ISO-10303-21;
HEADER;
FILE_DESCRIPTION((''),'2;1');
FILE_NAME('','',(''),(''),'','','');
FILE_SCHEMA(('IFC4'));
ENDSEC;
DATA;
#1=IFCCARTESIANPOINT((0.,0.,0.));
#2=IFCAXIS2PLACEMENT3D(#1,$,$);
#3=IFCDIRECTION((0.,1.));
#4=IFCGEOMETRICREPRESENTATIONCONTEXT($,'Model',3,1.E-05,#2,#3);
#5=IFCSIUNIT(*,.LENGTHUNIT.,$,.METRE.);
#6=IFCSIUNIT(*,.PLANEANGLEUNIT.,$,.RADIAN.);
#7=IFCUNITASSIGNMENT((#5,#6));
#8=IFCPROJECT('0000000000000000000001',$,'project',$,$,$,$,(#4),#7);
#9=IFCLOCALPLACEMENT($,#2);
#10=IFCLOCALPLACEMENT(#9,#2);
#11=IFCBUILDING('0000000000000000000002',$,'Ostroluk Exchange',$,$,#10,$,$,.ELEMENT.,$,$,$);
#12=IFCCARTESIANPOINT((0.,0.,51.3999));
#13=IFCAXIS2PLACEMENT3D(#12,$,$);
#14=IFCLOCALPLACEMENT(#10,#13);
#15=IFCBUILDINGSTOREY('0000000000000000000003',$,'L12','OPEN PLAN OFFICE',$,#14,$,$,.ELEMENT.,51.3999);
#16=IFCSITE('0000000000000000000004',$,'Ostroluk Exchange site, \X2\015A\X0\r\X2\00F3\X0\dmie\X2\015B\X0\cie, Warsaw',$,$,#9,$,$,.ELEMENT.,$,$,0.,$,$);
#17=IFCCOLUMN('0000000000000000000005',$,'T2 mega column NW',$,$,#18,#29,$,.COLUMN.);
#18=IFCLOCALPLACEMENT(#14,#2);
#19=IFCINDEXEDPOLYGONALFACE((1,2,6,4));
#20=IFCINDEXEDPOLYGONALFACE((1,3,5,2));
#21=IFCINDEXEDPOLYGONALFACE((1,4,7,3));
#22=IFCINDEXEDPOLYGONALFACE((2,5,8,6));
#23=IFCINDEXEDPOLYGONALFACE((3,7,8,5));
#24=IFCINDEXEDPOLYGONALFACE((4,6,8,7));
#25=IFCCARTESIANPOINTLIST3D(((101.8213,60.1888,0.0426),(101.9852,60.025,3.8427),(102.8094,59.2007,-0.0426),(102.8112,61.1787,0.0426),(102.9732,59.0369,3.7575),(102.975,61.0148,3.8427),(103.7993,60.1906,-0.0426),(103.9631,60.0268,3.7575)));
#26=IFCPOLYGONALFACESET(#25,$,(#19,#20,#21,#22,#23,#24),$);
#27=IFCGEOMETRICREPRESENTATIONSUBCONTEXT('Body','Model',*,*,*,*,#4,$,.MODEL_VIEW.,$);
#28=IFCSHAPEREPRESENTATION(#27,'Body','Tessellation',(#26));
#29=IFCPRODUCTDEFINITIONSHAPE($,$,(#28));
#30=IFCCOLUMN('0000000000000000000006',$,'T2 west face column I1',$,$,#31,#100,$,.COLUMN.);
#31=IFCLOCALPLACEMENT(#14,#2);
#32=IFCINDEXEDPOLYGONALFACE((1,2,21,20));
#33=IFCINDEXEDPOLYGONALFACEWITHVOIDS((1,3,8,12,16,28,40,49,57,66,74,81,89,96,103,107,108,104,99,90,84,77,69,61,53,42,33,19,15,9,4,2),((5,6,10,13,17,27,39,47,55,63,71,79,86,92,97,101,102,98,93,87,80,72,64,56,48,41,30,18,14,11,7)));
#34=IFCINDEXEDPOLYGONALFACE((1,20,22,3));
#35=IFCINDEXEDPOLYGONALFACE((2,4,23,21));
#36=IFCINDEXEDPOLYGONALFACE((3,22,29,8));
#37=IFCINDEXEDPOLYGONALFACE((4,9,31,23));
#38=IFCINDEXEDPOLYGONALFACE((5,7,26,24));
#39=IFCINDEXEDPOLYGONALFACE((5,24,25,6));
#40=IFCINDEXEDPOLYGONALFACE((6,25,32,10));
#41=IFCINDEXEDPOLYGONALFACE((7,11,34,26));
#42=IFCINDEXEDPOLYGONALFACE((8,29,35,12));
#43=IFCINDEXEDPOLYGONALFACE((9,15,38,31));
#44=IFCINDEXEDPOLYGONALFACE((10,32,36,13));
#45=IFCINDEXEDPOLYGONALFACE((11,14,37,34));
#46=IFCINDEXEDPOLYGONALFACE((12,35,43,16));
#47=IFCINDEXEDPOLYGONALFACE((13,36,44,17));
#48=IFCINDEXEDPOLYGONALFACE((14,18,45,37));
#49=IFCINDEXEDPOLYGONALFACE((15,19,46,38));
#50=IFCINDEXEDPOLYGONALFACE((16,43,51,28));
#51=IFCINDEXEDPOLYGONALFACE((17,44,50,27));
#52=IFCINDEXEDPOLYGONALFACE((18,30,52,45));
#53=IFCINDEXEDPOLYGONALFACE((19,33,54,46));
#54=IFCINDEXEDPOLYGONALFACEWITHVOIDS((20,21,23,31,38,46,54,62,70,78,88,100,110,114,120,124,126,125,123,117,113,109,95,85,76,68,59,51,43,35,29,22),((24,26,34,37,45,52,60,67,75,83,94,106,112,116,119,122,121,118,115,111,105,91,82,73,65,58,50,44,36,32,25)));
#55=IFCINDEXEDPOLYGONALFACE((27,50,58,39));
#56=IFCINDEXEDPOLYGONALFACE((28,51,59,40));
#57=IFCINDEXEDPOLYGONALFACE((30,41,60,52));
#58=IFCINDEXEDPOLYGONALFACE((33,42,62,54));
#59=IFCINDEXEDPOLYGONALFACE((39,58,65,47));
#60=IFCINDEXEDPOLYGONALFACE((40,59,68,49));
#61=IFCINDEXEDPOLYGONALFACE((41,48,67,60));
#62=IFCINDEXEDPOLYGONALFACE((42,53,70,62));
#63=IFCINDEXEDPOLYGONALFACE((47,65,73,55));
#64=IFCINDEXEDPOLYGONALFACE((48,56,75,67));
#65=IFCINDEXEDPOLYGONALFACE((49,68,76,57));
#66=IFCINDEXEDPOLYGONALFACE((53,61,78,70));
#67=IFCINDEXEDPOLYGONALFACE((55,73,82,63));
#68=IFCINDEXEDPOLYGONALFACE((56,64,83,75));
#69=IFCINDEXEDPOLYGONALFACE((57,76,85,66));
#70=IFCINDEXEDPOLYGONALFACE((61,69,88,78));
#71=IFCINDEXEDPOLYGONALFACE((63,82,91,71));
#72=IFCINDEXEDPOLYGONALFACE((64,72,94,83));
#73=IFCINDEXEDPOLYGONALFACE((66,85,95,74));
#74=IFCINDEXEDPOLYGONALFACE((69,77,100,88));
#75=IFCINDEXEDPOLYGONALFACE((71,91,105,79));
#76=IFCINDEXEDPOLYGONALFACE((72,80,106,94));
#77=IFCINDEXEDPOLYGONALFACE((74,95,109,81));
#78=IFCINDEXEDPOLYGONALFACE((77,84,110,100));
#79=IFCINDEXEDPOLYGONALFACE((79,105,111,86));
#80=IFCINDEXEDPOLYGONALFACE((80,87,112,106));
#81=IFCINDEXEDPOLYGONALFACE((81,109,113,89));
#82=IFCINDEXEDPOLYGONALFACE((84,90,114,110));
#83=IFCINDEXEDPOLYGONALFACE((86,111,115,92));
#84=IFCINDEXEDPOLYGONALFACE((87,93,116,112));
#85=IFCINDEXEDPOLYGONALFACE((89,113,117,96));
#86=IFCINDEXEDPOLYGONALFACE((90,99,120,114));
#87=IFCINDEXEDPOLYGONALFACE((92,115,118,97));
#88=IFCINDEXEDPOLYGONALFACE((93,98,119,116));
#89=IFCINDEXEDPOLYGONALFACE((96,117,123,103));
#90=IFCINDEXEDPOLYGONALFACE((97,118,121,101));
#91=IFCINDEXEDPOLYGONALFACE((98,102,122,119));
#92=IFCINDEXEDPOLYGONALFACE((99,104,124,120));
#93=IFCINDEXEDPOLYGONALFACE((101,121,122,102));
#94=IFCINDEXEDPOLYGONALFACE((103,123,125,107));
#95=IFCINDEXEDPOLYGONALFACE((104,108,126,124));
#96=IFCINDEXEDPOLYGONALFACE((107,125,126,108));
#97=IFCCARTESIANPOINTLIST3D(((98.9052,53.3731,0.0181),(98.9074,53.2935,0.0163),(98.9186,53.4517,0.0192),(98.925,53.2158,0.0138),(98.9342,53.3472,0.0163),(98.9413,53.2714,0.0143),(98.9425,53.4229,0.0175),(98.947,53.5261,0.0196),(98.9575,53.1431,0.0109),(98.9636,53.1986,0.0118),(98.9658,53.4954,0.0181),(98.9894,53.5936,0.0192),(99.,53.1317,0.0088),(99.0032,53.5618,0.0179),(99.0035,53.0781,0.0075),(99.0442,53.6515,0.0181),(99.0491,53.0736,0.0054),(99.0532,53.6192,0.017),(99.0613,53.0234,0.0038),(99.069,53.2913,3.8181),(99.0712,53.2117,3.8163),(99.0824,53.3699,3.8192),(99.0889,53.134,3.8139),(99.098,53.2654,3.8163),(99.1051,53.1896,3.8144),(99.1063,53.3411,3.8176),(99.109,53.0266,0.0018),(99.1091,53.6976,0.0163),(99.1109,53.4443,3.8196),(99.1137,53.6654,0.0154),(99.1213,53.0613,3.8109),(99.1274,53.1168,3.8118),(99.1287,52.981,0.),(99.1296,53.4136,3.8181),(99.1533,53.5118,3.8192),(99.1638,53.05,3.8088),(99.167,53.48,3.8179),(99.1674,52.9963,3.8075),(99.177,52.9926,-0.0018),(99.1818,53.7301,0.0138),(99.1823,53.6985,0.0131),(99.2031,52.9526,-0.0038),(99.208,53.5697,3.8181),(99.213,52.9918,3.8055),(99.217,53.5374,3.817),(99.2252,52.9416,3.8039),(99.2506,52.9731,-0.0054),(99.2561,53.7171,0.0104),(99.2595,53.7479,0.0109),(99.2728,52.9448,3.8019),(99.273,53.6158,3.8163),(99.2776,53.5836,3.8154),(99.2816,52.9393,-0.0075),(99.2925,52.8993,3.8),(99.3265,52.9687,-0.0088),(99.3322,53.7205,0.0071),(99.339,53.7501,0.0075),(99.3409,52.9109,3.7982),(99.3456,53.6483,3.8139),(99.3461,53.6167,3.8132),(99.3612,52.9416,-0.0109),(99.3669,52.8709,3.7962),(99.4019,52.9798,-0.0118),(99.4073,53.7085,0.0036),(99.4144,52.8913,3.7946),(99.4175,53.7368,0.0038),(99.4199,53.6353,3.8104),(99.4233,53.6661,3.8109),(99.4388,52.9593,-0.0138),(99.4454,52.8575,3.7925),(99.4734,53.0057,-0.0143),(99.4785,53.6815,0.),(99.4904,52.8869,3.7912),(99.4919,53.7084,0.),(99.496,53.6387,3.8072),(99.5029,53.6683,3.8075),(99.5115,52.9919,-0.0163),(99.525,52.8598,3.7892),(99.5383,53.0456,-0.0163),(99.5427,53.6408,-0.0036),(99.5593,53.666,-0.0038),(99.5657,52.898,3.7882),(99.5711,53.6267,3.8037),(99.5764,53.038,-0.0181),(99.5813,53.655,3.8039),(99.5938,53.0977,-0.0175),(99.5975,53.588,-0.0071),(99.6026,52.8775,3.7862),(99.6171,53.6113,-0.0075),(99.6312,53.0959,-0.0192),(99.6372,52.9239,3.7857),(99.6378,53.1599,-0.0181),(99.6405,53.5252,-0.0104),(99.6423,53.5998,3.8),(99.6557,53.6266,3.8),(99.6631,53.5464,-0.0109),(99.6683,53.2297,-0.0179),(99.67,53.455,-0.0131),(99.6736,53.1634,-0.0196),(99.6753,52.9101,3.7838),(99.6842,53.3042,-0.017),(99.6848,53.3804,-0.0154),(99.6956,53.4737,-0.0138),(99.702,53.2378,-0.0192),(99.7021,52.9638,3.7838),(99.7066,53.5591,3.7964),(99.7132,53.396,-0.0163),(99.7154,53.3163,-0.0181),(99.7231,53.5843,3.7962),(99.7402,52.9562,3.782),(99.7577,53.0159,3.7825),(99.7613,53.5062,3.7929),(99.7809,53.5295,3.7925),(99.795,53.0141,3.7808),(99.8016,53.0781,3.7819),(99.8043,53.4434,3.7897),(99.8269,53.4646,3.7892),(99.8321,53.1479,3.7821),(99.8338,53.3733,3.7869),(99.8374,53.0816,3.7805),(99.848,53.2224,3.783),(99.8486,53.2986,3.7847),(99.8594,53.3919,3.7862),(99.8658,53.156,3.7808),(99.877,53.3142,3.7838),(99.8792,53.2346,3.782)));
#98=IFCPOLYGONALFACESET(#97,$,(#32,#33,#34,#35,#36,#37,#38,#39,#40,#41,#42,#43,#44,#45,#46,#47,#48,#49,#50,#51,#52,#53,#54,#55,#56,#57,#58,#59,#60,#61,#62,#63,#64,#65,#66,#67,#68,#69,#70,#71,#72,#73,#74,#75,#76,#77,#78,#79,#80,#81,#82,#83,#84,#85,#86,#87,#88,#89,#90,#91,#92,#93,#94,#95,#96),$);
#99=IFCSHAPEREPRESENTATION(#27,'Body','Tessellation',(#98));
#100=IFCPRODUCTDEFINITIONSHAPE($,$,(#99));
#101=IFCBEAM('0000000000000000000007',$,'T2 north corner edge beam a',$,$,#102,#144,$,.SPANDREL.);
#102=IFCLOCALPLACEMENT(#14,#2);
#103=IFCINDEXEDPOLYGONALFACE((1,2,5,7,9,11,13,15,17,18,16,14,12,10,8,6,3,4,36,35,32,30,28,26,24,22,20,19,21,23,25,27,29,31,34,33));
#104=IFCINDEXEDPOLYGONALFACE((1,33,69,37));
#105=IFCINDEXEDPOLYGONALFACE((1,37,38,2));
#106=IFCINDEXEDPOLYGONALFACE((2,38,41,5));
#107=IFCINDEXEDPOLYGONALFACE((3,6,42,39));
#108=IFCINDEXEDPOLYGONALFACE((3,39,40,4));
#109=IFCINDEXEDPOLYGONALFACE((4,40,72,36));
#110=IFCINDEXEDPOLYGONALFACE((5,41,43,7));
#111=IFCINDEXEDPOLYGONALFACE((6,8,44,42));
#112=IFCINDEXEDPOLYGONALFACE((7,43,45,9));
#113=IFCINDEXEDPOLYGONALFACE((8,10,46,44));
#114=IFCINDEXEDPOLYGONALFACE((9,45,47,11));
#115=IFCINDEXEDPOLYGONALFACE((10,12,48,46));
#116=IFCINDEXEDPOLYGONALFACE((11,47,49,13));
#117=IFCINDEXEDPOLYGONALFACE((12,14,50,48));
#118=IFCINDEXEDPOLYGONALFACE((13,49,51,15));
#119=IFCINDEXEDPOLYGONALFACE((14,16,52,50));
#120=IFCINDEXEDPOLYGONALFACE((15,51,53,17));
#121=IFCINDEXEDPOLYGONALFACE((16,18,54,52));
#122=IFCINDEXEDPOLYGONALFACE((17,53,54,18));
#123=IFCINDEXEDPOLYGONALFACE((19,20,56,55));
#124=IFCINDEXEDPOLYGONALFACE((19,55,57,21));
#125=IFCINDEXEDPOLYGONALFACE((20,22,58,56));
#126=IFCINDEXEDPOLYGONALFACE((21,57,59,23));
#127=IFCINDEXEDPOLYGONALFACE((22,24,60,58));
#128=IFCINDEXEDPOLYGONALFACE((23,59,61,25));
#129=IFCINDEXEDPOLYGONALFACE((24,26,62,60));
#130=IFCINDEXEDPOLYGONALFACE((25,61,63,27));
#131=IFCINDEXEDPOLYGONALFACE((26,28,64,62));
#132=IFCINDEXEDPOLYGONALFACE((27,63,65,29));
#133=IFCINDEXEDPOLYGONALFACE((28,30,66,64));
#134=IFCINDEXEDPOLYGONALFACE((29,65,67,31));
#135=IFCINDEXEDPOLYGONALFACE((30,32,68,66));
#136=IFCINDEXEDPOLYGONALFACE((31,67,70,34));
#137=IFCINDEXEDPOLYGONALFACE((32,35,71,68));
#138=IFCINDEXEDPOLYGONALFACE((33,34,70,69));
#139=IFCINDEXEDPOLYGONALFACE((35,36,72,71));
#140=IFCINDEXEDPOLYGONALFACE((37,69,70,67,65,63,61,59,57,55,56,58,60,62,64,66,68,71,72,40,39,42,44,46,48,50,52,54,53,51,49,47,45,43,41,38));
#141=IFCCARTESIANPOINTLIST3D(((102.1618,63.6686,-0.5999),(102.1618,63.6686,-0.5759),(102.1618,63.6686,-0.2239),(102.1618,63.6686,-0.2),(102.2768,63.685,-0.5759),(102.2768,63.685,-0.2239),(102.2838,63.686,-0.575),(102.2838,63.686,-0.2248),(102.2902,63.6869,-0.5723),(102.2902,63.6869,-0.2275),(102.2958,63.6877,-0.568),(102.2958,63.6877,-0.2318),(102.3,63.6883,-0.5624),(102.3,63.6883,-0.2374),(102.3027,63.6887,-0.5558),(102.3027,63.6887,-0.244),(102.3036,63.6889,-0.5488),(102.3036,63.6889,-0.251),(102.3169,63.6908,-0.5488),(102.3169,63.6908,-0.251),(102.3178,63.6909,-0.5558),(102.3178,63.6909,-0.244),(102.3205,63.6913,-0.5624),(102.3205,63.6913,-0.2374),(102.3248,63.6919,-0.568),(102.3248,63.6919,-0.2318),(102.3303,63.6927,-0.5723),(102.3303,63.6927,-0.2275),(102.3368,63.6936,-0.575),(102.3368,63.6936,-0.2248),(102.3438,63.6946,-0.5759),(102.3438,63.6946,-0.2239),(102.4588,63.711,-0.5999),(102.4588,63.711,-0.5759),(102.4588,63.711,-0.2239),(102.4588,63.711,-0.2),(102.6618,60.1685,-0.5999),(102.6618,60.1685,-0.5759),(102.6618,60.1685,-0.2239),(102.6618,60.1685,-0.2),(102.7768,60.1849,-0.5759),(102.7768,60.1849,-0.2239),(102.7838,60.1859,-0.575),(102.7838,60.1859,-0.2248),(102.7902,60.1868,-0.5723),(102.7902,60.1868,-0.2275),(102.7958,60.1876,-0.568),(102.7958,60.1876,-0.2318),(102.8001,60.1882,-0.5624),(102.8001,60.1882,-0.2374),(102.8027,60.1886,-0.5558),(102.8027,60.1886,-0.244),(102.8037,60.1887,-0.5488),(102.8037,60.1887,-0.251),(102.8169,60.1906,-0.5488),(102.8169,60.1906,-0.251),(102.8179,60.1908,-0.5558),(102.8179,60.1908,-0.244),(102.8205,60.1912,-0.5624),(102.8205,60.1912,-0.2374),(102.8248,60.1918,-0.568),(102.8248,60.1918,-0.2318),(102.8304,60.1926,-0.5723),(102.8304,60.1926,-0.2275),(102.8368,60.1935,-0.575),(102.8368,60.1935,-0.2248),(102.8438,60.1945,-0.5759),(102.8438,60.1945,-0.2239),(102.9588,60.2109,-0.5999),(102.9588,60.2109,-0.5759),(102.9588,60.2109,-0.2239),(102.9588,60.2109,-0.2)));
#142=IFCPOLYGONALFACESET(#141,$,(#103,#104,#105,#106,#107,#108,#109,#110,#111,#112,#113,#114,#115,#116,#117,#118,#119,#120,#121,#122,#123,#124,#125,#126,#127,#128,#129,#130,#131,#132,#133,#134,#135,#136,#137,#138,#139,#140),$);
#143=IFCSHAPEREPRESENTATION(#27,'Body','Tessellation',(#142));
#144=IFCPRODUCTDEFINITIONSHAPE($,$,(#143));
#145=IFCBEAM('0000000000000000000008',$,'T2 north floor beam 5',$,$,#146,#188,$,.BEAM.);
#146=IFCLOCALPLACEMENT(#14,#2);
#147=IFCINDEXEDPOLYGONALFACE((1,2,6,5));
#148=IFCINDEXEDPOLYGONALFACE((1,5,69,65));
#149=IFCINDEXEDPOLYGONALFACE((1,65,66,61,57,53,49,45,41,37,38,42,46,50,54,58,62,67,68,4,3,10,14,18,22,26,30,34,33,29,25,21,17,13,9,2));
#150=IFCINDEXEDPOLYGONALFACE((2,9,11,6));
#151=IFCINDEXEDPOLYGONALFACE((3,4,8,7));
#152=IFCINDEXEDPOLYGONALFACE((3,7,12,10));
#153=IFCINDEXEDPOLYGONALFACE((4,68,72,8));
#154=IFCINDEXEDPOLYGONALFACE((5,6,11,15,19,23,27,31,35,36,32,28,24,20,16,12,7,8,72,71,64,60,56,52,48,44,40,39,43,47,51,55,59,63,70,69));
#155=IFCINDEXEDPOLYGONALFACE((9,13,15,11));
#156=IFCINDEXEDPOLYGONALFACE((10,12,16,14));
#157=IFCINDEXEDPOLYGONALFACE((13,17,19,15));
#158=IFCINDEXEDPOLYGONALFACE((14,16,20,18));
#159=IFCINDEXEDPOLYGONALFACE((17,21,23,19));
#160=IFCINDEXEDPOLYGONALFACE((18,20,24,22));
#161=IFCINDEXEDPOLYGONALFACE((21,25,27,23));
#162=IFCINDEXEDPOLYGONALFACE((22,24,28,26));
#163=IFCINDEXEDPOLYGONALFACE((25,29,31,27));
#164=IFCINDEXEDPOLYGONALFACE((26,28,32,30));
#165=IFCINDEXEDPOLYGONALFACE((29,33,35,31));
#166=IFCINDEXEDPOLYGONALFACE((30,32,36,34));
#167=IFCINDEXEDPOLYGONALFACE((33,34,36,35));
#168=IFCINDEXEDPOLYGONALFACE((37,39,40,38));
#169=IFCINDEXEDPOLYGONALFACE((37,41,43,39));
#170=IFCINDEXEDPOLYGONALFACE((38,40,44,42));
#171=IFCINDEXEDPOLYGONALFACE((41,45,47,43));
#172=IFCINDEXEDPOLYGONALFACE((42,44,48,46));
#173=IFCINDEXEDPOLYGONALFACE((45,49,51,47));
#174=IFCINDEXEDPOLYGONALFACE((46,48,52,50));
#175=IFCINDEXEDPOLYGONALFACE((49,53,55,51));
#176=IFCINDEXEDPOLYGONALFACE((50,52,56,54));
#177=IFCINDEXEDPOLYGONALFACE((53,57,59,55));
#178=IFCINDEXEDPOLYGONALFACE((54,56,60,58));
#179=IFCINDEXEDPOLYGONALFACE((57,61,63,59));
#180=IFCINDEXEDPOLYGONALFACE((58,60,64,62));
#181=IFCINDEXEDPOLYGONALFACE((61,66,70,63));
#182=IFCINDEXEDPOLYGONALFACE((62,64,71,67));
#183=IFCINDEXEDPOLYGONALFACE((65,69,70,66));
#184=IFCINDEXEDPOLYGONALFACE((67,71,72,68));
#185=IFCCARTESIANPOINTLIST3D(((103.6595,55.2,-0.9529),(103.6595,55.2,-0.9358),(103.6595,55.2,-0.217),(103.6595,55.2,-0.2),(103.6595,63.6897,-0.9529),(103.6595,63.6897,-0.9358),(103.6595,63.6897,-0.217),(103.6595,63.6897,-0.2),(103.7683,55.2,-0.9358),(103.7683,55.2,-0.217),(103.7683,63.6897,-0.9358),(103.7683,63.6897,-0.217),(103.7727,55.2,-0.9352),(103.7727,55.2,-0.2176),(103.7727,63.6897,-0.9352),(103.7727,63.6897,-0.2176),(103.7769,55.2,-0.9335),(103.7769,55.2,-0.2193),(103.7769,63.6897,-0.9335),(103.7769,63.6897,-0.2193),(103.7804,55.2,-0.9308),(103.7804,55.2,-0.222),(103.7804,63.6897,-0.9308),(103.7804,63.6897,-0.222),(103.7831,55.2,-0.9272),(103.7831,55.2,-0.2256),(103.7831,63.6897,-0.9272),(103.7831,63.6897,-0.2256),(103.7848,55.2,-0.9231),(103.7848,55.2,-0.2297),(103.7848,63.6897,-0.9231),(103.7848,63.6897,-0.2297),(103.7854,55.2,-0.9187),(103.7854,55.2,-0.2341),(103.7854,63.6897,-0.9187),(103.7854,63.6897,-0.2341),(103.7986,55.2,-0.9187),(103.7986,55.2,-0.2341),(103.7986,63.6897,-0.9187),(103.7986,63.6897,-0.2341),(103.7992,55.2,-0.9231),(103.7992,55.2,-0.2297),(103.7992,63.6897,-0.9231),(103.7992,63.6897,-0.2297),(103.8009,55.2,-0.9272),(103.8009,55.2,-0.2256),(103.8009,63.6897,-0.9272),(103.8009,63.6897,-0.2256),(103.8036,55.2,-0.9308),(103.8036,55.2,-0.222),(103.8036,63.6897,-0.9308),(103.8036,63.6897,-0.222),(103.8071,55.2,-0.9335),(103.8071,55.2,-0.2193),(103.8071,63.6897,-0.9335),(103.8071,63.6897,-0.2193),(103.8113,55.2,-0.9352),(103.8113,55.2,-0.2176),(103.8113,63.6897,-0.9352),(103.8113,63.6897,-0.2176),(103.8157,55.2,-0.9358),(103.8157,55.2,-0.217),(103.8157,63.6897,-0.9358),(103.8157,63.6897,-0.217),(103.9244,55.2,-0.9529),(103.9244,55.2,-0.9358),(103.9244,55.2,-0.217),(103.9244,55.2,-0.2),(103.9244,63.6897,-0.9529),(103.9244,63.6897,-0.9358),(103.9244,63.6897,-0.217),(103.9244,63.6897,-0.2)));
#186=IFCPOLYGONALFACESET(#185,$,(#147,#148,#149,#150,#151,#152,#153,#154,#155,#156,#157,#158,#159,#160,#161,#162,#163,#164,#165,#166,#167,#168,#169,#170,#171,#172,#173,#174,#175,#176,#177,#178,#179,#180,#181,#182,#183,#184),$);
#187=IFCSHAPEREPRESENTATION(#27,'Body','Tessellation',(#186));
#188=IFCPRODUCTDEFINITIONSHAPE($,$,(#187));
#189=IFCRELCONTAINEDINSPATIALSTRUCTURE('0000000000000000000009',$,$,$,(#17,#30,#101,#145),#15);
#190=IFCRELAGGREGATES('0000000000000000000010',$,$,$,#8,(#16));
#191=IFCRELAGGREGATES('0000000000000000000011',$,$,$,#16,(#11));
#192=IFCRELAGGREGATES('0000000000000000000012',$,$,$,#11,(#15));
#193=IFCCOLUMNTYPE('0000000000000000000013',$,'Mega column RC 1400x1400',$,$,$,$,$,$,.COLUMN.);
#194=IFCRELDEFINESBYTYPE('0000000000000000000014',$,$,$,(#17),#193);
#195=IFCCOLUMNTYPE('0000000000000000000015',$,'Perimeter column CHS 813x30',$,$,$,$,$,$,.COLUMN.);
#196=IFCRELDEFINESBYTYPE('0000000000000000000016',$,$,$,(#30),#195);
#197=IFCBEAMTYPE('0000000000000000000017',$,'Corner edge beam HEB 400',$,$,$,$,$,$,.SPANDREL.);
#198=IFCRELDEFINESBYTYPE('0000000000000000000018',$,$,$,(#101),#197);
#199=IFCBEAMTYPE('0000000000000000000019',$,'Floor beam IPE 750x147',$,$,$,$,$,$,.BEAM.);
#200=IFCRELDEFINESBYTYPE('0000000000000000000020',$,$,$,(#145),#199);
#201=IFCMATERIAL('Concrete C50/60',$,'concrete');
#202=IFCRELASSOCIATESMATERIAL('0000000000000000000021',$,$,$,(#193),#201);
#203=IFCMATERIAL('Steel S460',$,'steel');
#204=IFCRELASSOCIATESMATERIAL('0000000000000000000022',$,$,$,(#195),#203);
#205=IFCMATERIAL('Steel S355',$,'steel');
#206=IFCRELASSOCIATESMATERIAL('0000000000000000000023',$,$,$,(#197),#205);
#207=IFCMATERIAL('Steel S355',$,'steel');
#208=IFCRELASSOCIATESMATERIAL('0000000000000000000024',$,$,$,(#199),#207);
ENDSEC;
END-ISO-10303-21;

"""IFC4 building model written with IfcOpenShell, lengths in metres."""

from ifc_helpers import new_model, si_unit, direction, frame, origin, origin_2d, place, context, subcontext, project, spatial, rectangle, hollow_circle, i_section, extrude, material, material_profile, profile_set, type_object, element, save


model = new_model("IFC4")

# Units and contexts
model_context = context("Model", 3, precision=1e-05, world=origin(), true_north=direction((0.0, 1.0)))
body_context = subcontext(model_context, "Body", "Model", "MODEL_VIEW")
ifc_project = project(units=[si_unit("LENGTHUNIT", "METRE"), si_unit("PLANEANGLEUNIT", "RADIAN")], contexts=[model_context])

# Site, building, storey
site_placement = place(None, origin())
site = spatial("IfcSite", under=ifc_project, at=site_placement, Name="Ostroluk Exchange site, Śródmieście, Warsaw", CompositionType="ELEMENT", RefElevation=0.0)
building_placement = place(site_placement, origin())
building = spatial("IfcBuilding", under=site, at=building_placement, Name="Ostroluk Exchange", CompositionType="ELEMENT")
storey_placement = place(building_placement, frame((0.0, 0.0, 51.3999)))
storey = spatial("IfcBuildingStorey", under=building, at=storey_placement, Name="L12", Description="OPEN PLAN OFFICE", CompositionType="ELEMENT", Elevation=51.3999)

# Columns
ifc_material_1 = material(Name="Concrete C50/60", Category="concrete")
ifc_material_profile_1 = material_profile(ifc_material_1, rectangle(XDim=1.3999, YDim=1.3999, at=origin_2d()), Name="RC 1400x1400")
ifc_profile_set_1 = profile_set([ifc_material_profile_1], Name="Concrete C50/60")
column_type_1 = type_object("IfcColumnType", Name="Mega column RC 1400x1400", PredefinedType="COLUMN", material=ifc_profile_set_1)
column_1_placement = place(storey_placement, frame((102.8103, 60.1897, 0.0), z_axis=(0.04303, -0.04303, 0.998147), x_axis=(0.707107, 0.707107, 0.0)))
element("IfcColumn", 1, at=column_1_placement, inside=storey, type_object=column_type_1, Name="T2 mega column NW", PredefinedType="COLUMN", context=body_context, shape_type="SweptSolid", body=[
    extrude(rectangle(XDim=1.3999, YDim=1.3999, at=origin_2d()), origin(), (0.0, 0.0, 1.0), 3.8071),
])
ifc_material_2 = material(Name="Steel S460", Category="steel")
ifc_material_profile_2 = material_profile(ifc_material_2, hollow_circle(Radius=0.4065, WallThickness=0.03, at=origin_2d()), Name="CHS 813x30")
ifc_profile_set_2 = profile_set([ifc_material_profile_2], Name="Steel S460")
column_type_2 = type_object("IfcColumnType", Name="Perimeter column CHS 813x30", PredefinedType="COLUMN", material=ifc_profile_set_2)
column_2_placement = place(storey_placement, frame((99.3103, 53.3447, 0.0), z_axis=(0.04306, -0.021498, 0.998841), x_axis=(0.44668, 0.894694, 0.0)))
element("IfcColumn", 2, at=column_2_placement, inside=storey, type_object=column_type_2, Name="T2 west face column I1", PredefinedType="COLUMN", context=body_context, shape_type="SweptSolid", body=[
    extrude(hollow_circle(Radius=0.4065, WallThickness=0.03, at=origin_2d()), origin(), (0.0, 0.0, 1.0), 3.8044),
])

# Beams
ifc_material_3 = material(Name="Steel S355", Category="steel")
ifc_material_profile_3 = material_profile(ifc_material_3, i_section(OverallWidth=0.3, OverallDepth=0.3999, WebThickness=0.0134, FlangeThickness=0.0239, FilletRadius=0.0271, at=origin_2d()), Name="HEB 400")
ifc_profile_set_3 = profile_set([ifc_material_profile_3], Name="Steel S355")
beam_type_1 = type_object("IfcBeamType", Name="Corner edge beam HEB 400", PredefinedType="SPANDREL", material=ifc_profile_set_3)
beam_1_placement = place(storey_placement, frame((102.8103, 60.1897, -0.3999), z_axis=(-0.141421, 0.989949, 0.0), x_axis=(-0.989949, -0.141421, 0.0)))
element("IfcBeam", 3, at=beam_1_placement, inside=storey, type_object=beam_type_1, Name="T2 north corner edge beam a", PredefinedType="SPANDREL", context=body_context, shape_type="SweptSolid", body=[
    extrude(i_section(OverallWidth=0.3, OverallDepth=0.3999, WebThickness=0.0134, FlangeThickness=0.0239, FilletRadius=0.0271, at=origin_2d()), origin(), (0.0, 0.0, 1.0), 3.5356),
])
ifc_material_4 = material(Name="Steel S355", Category="steel")
ifc_material_profile_4 = material_profile(ifc_material_4, i_section(OverallWidth=0.2649, OverallDepth=0.7529, WebThickness=0.0132, FlangeThickness=0.0171, FilletRadius=0.0171, at=origin_2d()), Name="IPE 750x147")
ifc_profile_set_4 = profile_set([ifc_material_profile_4], Name="Steel S355")
beam_type_2 = type_object("IfcBeamType", Name="Floor beam IPE 750x147", PredefinedType="BEAM", material=ifc_profile_set_4)
beam_2_placement = place(storey_placement, frame((103.792, 55.2, -0.5764), z_axis=(0.0, 1.0, 0.0), x_axis=(-1.0, 0.0, 0.0)))
element("IfcBeam", 4, at=beam_2_placement, inside=storey, type_object=beam_type_2, Name="T2 north floor beam 5", PredefinedType="BEAM", context=body_context, shape_type="SweptSolid", body=[
    extrude(i_section(OverallWidth=0.2649, OverallDepth=0.7529, WebThickness=0.0132, FlangeThickness=0.0171, FilletRadius=0.0171, at=origin_2d()), origin(), (0.0, 0.0, 1.0), 8.4897),
])

save(model, "model.ifc")
